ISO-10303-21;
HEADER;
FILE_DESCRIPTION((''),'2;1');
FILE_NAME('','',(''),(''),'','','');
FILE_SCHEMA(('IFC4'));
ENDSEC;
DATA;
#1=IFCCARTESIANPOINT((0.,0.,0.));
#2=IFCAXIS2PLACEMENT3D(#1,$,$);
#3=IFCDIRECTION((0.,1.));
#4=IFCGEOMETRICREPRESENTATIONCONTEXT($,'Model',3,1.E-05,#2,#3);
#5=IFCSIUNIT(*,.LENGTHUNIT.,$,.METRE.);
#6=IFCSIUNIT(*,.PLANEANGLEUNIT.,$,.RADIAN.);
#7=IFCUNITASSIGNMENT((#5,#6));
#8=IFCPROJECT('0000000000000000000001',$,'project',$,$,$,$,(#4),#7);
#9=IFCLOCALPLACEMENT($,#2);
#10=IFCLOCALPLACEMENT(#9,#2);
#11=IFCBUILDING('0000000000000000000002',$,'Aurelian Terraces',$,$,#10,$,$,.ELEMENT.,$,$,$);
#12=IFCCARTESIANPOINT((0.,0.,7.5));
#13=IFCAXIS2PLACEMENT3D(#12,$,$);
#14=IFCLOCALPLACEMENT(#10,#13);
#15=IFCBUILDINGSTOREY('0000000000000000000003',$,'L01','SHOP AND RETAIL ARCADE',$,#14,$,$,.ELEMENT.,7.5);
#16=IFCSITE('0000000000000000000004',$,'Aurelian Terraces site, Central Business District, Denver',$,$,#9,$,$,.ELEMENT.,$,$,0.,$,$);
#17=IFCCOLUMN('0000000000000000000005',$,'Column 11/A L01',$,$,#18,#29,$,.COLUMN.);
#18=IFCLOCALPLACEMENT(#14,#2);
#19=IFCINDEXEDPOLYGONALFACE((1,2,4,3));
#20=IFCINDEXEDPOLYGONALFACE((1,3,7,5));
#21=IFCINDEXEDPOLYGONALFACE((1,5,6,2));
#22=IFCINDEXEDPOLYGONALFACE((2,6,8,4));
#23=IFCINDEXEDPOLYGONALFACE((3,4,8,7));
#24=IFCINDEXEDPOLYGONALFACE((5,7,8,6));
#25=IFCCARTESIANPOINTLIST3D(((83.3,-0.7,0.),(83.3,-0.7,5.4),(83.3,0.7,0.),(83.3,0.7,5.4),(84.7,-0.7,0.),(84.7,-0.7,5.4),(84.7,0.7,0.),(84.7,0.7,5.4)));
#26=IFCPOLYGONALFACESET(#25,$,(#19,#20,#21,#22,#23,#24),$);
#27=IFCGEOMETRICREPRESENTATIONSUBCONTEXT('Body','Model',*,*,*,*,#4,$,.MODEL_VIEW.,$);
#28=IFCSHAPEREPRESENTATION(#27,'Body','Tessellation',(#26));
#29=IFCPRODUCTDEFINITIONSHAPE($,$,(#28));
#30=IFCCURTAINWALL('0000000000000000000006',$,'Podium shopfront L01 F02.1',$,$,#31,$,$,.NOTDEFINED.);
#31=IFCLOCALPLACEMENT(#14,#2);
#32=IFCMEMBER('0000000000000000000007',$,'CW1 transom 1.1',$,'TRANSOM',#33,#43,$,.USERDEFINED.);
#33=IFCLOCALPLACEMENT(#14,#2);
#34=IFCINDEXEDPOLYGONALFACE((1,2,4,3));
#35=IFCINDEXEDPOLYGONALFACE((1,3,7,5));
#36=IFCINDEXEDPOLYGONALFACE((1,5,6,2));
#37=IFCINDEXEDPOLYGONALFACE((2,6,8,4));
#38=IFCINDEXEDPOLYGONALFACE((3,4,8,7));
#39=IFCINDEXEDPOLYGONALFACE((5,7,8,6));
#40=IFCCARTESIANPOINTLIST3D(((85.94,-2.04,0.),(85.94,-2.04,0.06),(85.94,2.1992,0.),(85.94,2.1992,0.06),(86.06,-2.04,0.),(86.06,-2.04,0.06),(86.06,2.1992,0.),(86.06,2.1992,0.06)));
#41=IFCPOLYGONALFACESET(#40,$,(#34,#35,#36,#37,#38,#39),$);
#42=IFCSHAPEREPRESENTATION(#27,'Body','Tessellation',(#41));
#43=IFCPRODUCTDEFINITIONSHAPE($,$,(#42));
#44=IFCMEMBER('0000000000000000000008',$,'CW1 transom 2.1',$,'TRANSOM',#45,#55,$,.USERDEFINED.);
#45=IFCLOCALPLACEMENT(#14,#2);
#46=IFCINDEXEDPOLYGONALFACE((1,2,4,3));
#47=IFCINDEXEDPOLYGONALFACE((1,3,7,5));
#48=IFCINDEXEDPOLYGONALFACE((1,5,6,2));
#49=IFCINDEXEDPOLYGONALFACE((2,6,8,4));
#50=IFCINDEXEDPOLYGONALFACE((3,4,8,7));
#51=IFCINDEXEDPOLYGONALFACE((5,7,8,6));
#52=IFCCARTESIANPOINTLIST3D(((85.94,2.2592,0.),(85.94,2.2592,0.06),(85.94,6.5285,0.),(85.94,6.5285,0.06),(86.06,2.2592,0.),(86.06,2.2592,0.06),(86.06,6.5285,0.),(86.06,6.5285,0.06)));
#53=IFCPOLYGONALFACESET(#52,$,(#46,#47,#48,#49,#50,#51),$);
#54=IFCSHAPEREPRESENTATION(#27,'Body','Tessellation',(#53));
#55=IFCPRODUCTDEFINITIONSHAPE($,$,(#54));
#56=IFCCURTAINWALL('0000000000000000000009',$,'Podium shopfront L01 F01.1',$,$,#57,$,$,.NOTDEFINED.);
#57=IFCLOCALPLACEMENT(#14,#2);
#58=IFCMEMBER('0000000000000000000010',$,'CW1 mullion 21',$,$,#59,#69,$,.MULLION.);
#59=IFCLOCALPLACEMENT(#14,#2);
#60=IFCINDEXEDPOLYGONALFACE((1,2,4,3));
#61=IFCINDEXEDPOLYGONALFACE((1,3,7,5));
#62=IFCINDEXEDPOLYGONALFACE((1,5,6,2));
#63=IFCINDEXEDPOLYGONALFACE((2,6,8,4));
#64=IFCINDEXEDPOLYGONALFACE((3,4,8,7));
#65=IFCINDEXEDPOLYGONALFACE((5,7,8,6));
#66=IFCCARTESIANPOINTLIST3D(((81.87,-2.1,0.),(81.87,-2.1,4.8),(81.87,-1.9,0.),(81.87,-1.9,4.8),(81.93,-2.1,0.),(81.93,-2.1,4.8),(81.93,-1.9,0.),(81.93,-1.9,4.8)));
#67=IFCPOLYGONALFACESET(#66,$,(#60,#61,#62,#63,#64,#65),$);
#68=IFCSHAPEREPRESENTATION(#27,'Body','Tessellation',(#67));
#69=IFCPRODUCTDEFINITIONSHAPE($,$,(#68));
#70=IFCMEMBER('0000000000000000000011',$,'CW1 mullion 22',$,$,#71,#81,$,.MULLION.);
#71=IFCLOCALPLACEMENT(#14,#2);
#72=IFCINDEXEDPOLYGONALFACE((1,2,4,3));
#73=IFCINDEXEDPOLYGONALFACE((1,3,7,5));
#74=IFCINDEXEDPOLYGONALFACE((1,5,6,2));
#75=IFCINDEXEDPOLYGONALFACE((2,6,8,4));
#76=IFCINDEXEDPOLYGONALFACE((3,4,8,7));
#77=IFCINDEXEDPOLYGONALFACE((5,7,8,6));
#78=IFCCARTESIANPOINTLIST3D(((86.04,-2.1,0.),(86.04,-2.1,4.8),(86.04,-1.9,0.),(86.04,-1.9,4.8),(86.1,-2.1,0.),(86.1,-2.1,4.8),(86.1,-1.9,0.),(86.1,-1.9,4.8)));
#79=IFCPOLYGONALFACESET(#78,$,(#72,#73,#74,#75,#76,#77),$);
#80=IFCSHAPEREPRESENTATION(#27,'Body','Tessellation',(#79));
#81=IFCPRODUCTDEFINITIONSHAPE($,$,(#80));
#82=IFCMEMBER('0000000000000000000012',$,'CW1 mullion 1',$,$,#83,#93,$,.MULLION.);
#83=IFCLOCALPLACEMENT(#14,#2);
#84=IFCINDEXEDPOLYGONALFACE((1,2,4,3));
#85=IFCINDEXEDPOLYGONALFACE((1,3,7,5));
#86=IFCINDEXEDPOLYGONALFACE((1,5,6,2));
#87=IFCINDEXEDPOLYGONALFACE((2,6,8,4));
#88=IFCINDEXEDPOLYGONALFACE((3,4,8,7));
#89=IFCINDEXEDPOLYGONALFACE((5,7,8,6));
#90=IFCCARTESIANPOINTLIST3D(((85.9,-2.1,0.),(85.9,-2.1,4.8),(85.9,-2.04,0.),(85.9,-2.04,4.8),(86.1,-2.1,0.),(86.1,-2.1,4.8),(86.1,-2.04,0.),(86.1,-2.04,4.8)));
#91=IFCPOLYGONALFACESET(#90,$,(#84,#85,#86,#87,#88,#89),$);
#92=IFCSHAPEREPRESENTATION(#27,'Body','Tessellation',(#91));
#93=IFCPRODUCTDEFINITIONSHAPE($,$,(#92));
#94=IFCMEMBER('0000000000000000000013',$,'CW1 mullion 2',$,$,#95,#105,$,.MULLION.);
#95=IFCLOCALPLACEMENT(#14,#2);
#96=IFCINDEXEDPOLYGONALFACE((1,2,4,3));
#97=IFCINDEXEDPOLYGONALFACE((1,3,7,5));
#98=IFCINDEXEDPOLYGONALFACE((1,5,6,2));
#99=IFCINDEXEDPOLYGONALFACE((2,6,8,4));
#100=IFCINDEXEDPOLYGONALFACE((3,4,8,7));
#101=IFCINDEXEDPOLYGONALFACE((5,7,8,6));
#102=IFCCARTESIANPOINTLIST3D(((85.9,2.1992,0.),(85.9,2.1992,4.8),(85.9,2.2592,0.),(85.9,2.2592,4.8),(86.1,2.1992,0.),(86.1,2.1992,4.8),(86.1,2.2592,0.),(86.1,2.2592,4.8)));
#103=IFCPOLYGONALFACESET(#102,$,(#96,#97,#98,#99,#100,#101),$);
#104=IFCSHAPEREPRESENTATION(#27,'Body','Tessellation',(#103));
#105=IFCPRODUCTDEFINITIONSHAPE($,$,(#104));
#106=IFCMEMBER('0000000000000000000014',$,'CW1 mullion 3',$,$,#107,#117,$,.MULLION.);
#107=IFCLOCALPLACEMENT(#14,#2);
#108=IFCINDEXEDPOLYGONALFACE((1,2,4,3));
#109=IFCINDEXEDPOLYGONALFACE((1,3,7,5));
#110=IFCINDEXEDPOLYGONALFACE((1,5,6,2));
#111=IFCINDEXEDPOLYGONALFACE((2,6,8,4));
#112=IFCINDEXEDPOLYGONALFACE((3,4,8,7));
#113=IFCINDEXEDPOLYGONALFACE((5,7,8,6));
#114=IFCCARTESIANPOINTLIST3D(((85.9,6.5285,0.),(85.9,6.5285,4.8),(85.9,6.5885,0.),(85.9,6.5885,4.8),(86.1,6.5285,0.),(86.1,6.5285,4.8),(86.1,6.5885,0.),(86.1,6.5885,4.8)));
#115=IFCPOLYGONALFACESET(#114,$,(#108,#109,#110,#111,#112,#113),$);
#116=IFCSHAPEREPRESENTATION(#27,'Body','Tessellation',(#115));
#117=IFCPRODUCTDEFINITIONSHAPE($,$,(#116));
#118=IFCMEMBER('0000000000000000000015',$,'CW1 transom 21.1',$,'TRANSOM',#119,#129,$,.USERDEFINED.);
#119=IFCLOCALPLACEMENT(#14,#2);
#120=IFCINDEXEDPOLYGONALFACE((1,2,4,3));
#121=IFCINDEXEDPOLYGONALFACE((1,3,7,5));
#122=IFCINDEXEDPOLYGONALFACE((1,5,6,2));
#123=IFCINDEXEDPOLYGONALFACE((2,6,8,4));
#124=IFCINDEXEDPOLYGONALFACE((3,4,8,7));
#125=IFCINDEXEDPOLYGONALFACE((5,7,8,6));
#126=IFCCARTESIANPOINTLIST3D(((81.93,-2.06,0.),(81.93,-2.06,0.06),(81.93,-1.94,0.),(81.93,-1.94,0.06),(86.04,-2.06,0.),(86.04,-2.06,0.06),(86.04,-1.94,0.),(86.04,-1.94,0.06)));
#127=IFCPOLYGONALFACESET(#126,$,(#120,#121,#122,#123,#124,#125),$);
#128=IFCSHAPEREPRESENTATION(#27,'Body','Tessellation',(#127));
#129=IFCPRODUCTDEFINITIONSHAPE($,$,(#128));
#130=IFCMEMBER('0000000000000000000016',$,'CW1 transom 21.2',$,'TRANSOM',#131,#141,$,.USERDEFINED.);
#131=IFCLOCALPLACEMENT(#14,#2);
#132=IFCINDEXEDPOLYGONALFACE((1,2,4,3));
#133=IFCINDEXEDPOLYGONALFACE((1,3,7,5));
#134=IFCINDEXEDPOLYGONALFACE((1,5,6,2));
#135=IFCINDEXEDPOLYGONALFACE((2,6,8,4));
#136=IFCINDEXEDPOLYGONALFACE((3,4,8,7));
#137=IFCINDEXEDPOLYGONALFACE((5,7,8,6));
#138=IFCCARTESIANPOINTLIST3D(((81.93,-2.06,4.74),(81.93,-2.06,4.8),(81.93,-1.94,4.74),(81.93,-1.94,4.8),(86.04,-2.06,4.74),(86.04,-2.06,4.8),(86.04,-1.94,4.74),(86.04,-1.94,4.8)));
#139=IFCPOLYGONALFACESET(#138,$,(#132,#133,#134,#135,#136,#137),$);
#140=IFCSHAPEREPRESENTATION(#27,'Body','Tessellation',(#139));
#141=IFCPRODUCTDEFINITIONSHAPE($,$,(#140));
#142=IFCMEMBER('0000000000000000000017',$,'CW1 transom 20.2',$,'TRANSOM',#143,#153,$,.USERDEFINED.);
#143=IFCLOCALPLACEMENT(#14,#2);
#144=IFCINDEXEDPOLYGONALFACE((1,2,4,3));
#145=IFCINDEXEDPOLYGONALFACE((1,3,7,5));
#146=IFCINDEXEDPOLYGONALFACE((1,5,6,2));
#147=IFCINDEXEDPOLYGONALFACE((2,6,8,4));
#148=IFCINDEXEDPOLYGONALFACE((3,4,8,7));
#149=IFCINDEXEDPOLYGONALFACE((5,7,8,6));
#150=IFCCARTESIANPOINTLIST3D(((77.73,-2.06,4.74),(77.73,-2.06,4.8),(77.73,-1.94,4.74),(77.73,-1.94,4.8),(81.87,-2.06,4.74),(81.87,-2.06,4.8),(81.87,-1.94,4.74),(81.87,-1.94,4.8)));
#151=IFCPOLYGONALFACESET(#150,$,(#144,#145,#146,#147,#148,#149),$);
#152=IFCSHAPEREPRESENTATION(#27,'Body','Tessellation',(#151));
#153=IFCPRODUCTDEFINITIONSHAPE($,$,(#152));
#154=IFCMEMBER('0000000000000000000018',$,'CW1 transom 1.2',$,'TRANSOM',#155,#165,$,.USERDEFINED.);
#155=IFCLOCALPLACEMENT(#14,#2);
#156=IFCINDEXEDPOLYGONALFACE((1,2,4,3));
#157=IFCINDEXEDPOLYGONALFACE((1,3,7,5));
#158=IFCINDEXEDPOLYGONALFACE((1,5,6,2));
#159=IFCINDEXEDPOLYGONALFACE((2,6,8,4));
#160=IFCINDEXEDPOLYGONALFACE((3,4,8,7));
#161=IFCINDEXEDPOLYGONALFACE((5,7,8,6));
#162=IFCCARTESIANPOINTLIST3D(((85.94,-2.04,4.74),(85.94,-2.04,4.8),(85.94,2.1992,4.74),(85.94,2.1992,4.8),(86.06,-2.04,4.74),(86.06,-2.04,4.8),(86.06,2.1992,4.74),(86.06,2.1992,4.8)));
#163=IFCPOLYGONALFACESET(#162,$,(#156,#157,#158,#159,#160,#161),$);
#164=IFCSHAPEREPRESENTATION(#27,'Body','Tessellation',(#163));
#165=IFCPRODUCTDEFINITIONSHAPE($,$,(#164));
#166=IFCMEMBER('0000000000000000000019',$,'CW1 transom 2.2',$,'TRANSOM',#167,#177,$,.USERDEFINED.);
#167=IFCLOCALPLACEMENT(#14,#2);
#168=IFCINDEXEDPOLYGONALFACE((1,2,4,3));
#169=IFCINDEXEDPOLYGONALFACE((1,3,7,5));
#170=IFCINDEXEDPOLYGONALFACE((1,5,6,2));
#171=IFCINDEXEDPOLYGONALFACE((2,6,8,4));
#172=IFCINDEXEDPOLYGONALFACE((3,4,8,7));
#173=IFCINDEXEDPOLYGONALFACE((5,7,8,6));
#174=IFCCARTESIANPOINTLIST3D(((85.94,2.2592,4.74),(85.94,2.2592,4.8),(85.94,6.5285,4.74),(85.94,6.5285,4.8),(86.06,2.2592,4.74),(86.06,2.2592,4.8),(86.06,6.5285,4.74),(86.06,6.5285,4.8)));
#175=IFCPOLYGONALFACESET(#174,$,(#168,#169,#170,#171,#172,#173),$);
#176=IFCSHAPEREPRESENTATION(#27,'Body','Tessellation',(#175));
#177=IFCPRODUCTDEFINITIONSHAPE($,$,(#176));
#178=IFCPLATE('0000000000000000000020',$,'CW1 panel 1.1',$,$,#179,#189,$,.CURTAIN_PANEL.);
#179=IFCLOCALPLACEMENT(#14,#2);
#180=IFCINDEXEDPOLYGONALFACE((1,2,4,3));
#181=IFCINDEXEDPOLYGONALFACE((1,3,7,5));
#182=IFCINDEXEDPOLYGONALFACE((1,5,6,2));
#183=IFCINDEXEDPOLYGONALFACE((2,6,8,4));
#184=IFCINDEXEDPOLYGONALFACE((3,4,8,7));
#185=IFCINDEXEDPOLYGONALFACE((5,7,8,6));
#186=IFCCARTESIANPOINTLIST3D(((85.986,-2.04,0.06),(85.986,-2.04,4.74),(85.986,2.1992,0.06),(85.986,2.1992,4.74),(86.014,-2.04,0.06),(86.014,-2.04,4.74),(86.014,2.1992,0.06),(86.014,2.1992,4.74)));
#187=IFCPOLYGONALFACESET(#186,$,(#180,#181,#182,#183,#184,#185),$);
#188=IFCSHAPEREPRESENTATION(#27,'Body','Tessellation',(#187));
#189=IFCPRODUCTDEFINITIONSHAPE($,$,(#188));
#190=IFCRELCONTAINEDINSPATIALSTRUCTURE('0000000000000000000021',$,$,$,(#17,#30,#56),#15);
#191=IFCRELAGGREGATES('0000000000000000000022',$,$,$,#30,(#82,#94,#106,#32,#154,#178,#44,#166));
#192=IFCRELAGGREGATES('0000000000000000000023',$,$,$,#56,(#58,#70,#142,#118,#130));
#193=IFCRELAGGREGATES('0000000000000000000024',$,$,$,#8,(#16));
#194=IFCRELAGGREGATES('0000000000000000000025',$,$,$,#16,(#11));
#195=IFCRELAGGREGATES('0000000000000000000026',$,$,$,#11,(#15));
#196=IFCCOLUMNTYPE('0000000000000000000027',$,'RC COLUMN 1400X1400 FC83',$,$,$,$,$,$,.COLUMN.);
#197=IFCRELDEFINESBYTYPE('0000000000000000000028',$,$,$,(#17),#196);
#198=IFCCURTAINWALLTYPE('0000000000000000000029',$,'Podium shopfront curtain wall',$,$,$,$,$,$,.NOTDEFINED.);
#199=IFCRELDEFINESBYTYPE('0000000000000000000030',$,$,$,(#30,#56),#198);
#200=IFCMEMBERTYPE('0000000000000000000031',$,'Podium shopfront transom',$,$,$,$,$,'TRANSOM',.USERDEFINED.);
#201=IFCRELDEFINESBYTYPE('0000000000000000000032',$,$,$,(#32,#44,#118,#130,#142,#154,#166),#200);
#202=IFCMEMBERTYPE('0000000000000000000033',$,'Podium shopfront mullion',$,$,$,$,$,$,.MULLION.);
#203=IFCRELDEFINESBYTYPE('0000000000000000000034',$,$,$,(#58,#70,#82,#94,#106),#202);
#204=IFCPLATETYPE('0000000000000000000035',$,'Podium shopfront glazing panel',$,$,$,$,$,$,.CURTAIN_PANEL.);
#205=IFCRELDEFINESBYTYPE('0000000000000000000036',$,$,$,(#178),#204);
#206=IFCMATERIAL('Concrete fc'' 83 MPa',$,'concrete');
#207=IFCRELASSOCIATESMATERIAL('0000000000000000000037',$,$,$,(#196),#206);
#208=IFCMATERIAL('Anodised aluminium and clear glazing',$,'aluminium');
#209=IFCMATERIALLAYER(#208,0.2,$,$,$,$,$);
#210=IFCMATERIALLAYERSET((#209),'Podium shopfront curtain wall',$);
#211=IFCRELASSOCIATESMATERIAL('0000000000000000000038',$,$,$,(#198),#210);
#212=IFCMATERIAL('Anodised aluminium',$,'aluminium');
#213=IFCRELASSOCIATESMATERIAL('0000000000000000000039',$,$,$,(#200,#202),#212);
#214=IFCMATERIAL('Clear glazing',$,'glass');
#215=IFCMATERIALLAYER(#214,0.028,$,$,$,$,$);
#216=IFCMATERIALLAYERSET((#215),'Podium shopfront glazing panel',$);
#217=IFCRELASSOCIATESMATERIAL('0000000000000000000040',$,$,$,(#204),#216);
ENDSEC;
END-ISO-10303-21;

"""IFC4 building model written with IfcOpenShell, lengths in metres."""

from ifc_helpers import new_model, si_unit, direction, frame, origin, origin_2d, place, context, subcontext, project, spatial, rectangle, extrude, source, transform, mapped, material, layer, layer_set, material_profile, profile_set, type_object, element, aggregate, save


model = new_model("IFC4")

# Units and contexts
model_context = context("Model", 3, precision=1e-05, world=origin(), true_north=direction((0.0, 1.0)))
body_context = subcontext(model_context, "Body", "Model", "MODEL_VIEW")
ifc_project = project(units=[si_unit("LENGTHUNIT", "METRE"), si_unit("PLANEANGLEUNIT", "RADIAN")], contexts=[model_context])

# Site, building, storey
site_placement = place(None, origin())
site = spatial("IfcSite", under=ifc_project, at=site_placement, Name="Aurelian Terraces site, Central Business District, Denver", CompositionType="ELEMENT", RefElevation=0.0)
building_placement = place(site_placement, origin())
building = spatial("IfcBuilding", under=site, at=building_placement, Name="Aurelian Terraces", CompositionType="ELEMENT")
storey_placement = place(building_placement, frame((0.0, 0.0, 7.5)))
storey = spatial("IfcBuildingStorey", under=building, at=storey_placement, Name="L01", Description="SHOP AND RETAIL ARCADE", CompositionType="ELEMENT", Elevation=7.5)

# Column
ifc_material_1 = material(Name="Concrete fc' 83 MPa", Category="concrete")
ifc_material_profile_1 = material_profile(ifc_material_1, rectangle(XDim=1.4, YDim=1.4, at=origin_2d()))
ifc_profile_set_1 = profile_set([ifc_material_profile_1], Name="Concrete fc' 83 MPa")
column_type = type_object("IfcColumnType", Name="RC COLUMN 1400X1400 FC83", PredefinedType="COLUMN", material=ifc_profile_set_1)
shared_shape_1 = source(origin(), body_context, "Body", "SweptSolid", [
    extrude(rectangle(XDim=1.4, YDim=1.4, at=origin_2d()), origin(), (0.0, 0.0, 1.0), 5.4),
])
column_placement = place(storey_placement, frame((84.0, 0.0, 0.0), z_axis=(0.0, 0.0, 1.0), x_axis=(1.0, 0.0, 0.0)))
element("IfcColumn", 1, at=column_placement, inside=storey, type_object=column_type, Name="Column 11/A L01", PredefinedType="COLUMN", context=body_context, shape_type="MappedRepresentation", body=[
    mapped(shared_shape_1, transform((0.0, 0.0, 0.0), scale=1.0)),
])

# Curtain walls, members
ifc_material_2 = material(Name="Anodised aluminium and clear glazing", Category="aluminium")
ifc_layer_1 = layer(ifc_material_2, 0.2)
ifc_layer_set_1 = layer_set([ifc_layer_1], Name="Podium shopfront curtain wall")
curtain_wall_type = type_object("IfcCurtainWallType", Name="Podium shopfront curtain wall", PredefinedType="NOTDEFINED", material=ifc_layer_set_1)
curtain_wall_1_placement = place(storey_placement, origin())
curtain_wall_1 = element("IfcCurtainWall", 2, at=curtain_wall_1_placement, inside=storey, type_object=curtain_wall_type, Name="Podium shopfront L01 F02.1", PredefinedType="NOTDEFINED")
ifc_material_3 = material(Name="Anodised aluminium", Category="aluminium")
ifc_material_profile_2 = material_profile(ifc_material_3, rectangle(XDim=0.12, YDim=0.06, at=origin_2d()))
ifc_profile_set_2 = profile_set([ifc_material_profile_2], Name="Anodised aluminium")
member_type_1 = type_object("IfcMemberType", Name="Podium shopfront transom", ElementType="TRANSOM", PredefinedType="USERDEFINED", material=ifc_profile_set_2)
member_1_placement = place(storey_placement, frame((86.0, -2.04, 0.03), z_axis=(0.0, 1.0, 0.0), x_axis=(-1.0, 0.0, 0.0)))
member_1 = element("IfcMember", 3, at=member_1_placement, type_object=member_type_1, Name="CW1 transom 1.1", ObjectType="TRANSOM", PredefinedType="USERDEFINED", context=body_context, shape_type="SweptSolid", body=[
    extrude(rectangle(XDim=0.12, YDim=0.06, at=origin_2d()), origin(), (0.0, 0.0, 1.0), 4.2392),
])
member_2_placement = place(storey_placement, frame((86.0, 2.2592, 0.03), z_axis=(0.0, 1.0, 0.0), x_axis=(-1.0, 0.0, 0.0)))
member_2 = element("IfcMember", 4, at=member_2_placement, type_object=member_type_1, Name="CW1 transom 2.1", ObjectType="TRANSOM", PredefinedType="USERDEFINED", context=body_context, shape_type="SweptSolid", body=[
    extrude(rectangle(XDim=0.12, YDim=0.06, at=origin_2d()), origin(), (0.0, 0.0, 1.0), 4.2693),
])
curtain_wall_2_placement = place(storey_placement, origin())
curtain_wall_2 = element("IfcCurtainWall", 5, at=curtain_wall_2_placement, inside=storey, type_object=curtain_wall_type, Name="Podium shopfront L01 F01.1", PredefinedType="NOTDEFINED")
ifc_material_profile_3 = material_profile(ifc_material_3, rectangle(XDim=0.2, YDim=0.06, at=origin_2d()))
ifc_profile_set_3 = profile_set([ifc_material_profile_3], Name="Anodised aluminium")
member_type_2 = type_object("IfcMemberType", Name="Podium shopfront mullion", PredefinedType="MULLION", material=ifc_profile_set_3)
shared_shape_2 = source(origin(), body_context, "Body", "SweptSolid", [
    extrude(rectangle(XDim=0.2, YDim=0.06, at=origin_2d()), origin(), (0.0, 0.0, 1.0), 4.8),
])
member_3_placement = place(storey_placement, frame((81.9, -2.0, 0.0), z_axis=(0.0, 0.0, 1.0), x_axis=(0.0, 1.0, 0.0)))
member_3 = element("IfcMember", 6, at=member_3_placement, type_object=member_type_2, Name="CW1 mullion 21", PredefinedType="MULLION", context=body_context, shape_type="MappedRepresentation", body=[
    mapped(shared_shape_2, transform((0.0, 0.0, 0.0), scale=1.0)),
])
member_4_placement = place(storey_placement, frame((86.07, -2.0, 0.0), z_axis=(0.0, 0.0, 1.0), x_axis=(0.0, 1.0, 0.0)))
member_4 = element("IfcMember", 7, at=member_4_placement, type_object=member_type_2, Name="CW1 mullion 22", PredefinedType="MULLION", context=body_context, shape_type="MappedRepresentation", body=[
    mapped(shared_shape_2, transform((0.0, 0.0, 0.0), scale=1.0)),
])

# Members
member_5_placement = place(storey_placement, frame((86.0, -2.07, 0.0), z_axis=(0.0, 0.0, 1.0), x_axis=(-1.0, 0.0, 0.0)))
member_5 = element("IfcMember", 8, at=member_5_placement, type_object=member_type_2, Name="CW1 mullion 1", PredefinedType="MULLION", context=body_context, shape_type="MappedRepresentation", body=[
    mapped(shared_shape_2, transform((0.0, 0.0, 0.0), scale=1.0)),
])
member_6_placement = place(storey_placement, frame((86.0, 2.2292, 0.0), z_axis=(0.0, 0.0, 1.0), x_axis=(-1.0, 0.0, 0.0)))
member_6 = element("IfcMember", 9, at=member_6_placement, type_object=member_type_2, Name="CW1 mullion 2", PredefinedType="MULLION", context=body_context, shape_type="MappedRepresentation", body=[
    mapped(shared_shape_2, transform((0.0, 0.0, 0.0), scale=1.0)),
])
member_7_placement = place(storey_placement, frame((86.0, 6.5585, 0.0), z_axis=(0.0, 0.0, 1.0), x_axis=(-1.0, 0.0, 0.0)))
member_7 = element("IfcMember", 10, at=member_7_placement, type_object=member_type_2, Name="CW1 mullion 3", PredefinedType="MULLION", context=body_context, shape_type="MappedRepresentation", body=[
    mapped(shared_shape_2, transform((0.0, 0.0, 0.0), scale=1.0)),
])
shared_shape_3 = source(origin(), body_context, "Body", "SweptSolid", [
    extrude(rectangle(XDim=0.12, YDim=0.06, at=origin_2d()), origin(), (0.0, 0.0, 1.0), 4.11),
])
member_8_placement = place(storey_placement, frame((81.93, -2.0, 0.03), z_axis=(1.0, 0.0, 0.0), x_axis=(0.0, 1.0, 0.0)))
member_8 = element("IfcMember", 11, at=member_8_placement, type_object=member_type_1, Name="CW1 transom 21.1", ObjectType="TRANSOM", PredefinedType="USERDEFINED", context=body_context, shape_type="MappedRepresentation", body=[
    mapped(shared_shape_3, transform((0.0, 0.0, 0.0), scale=1.0)),
])
member_9_placement = place(storey_placement, frame((81.93, -2.0, 4.77), z_axis=(1.0, 0.0, 0.0), x_axis=(0.0, 1.0, 0.0)))
member_9 = element("IfcMember", 12, at=member_9_placement, type_object=member_type_1, Name="CW1 transom 21.2", ObjectType="TRANSOM", PredefinedType="USERDEFINED", context=body_context, shape_type="MappedRepresentation", body=[
    mapped(shared_shape_3, transform((0.0, 0.0, 0.0), scale=1.0)),
])
shared_shape_4 = source(origin(), body_context, "Body", "SweptSolid", [
    extrude(rectangle(XDim=0.12, YDim=0.06, at=origin_2d()), origin(), (0.0, 0.0, 1.0), 4.14),
])
member_10_placement = place(storey_placement, frame((77.73, -2.0, 4.77), z_axis=(1.0, 0.0, 0.0), x_axis=(0.0, 1.0, 0.0)))
member_10 = element("IfcMember", 13, at=member_10_placement, type_object=member_type_1, Name="CW1 transom 20.2", ObjectType="TRANSOM", PredefinedType="USERDEFINED", context=body_context, shape_type="MappedRepresentation", body=[
    mapped(shared_shape_4, transform((0.0, 0.0, 0.0), scale=1.0)),
])
shared_shape_5 = source(origin(), body_context, "Body", "SweptSolid", [
    extrude(rectangle(XDim=0.12, YDim=0.06, at=origin_2d()), origin(), (0.0, 0.0, 1.0), 4.2392),
])
member_11_placement = place(storey_placement, frame((86.0, -2.04, 4.77), z_axis=(0.0, 1.0, 0.0), x_axis=(-1.0, 0.0, 0.0)))
member_11 = element("IfcMember", 14, at=member_11_placement, type_object=member_type_1, Name="CW1 transom 1.2", ObjectType="TRANSOM", PredefinedType="USERDEFINED", context=body_context, shape_type="MappedRepresentation", body=[
    mapped(shared_shape_5, transform((0.0, 0.0, 0.0), scale=1.0)),
])
shared_shape_6 = source(origin(), body_context, "Body", "SweptSolid", [
    extrude(rectangle(XDim=0.12, YDim=0.06, at=origin_2d()), origin(), (0.0, 0.0, 1.0), 4.2693),
])
member_12_placement = place(storey_placement, frame((86.0, 2.2592, 4.77), z_axis=(0.0, 1.0, 0.0), x_axis=(-1.0, 0.0, 0.0)))
member_12 = element("IfcMember", 15, at=member_12_placement, type_object=member_type_1, Name="CW1 transom 2.2", ObjectType="TRANSOM", PredefinedType="USERDEFINED", context=body_context, shape_type="MappedRepresentation", body=[
    mapped(shared_shape_6, transform((0.0, 0.0, 0.0), scale=1.0)),
])

# Plate
ifc_material_4 = material(Name="Clear glazing", Category="glass")
ifc_layer_2 = layer(ifc_material_4, 0.028)
ifc_layer_set_2 = layer_set([ifc_layer_2], Name="Podium shopfront glazing panel")
plate_type = type_object("IfcPlateType", Name="Podium shopfront glazing panel", PredefinedType="CURTAIN_PANEL", material=ifc_layer_set_2)
plate_1_placement = place(storey_placement, frame((86.0, 0.0796, 0.06), z_axis=(0.0, 0.0, 1.0), x_axis=(0.0, 1.0, 0.0)))
plate_1 = element("IfcPlate", 16, at=plate_1_placement, type_object=plate_type, Name="CW1 panel 1.1", PredefinedType="CURTAIN_PANEL", context=body_context, shape_type="SweptSolid", body=[
    extrude(rectangle(XDim=4.2392, YDim=0.028, at=origin_2d()), origin(), (0.0, 0.0, 1.0), 4.68),
])
aggregate(curtain_wall_1, [member_5, member_6, member_7, member_1, member_11, plate_1, member_2, member_12])
aggregate(curtain_wall_2, [member_3, member_4, member_10, member_8, member_9])

save(model, "model.ifc")
